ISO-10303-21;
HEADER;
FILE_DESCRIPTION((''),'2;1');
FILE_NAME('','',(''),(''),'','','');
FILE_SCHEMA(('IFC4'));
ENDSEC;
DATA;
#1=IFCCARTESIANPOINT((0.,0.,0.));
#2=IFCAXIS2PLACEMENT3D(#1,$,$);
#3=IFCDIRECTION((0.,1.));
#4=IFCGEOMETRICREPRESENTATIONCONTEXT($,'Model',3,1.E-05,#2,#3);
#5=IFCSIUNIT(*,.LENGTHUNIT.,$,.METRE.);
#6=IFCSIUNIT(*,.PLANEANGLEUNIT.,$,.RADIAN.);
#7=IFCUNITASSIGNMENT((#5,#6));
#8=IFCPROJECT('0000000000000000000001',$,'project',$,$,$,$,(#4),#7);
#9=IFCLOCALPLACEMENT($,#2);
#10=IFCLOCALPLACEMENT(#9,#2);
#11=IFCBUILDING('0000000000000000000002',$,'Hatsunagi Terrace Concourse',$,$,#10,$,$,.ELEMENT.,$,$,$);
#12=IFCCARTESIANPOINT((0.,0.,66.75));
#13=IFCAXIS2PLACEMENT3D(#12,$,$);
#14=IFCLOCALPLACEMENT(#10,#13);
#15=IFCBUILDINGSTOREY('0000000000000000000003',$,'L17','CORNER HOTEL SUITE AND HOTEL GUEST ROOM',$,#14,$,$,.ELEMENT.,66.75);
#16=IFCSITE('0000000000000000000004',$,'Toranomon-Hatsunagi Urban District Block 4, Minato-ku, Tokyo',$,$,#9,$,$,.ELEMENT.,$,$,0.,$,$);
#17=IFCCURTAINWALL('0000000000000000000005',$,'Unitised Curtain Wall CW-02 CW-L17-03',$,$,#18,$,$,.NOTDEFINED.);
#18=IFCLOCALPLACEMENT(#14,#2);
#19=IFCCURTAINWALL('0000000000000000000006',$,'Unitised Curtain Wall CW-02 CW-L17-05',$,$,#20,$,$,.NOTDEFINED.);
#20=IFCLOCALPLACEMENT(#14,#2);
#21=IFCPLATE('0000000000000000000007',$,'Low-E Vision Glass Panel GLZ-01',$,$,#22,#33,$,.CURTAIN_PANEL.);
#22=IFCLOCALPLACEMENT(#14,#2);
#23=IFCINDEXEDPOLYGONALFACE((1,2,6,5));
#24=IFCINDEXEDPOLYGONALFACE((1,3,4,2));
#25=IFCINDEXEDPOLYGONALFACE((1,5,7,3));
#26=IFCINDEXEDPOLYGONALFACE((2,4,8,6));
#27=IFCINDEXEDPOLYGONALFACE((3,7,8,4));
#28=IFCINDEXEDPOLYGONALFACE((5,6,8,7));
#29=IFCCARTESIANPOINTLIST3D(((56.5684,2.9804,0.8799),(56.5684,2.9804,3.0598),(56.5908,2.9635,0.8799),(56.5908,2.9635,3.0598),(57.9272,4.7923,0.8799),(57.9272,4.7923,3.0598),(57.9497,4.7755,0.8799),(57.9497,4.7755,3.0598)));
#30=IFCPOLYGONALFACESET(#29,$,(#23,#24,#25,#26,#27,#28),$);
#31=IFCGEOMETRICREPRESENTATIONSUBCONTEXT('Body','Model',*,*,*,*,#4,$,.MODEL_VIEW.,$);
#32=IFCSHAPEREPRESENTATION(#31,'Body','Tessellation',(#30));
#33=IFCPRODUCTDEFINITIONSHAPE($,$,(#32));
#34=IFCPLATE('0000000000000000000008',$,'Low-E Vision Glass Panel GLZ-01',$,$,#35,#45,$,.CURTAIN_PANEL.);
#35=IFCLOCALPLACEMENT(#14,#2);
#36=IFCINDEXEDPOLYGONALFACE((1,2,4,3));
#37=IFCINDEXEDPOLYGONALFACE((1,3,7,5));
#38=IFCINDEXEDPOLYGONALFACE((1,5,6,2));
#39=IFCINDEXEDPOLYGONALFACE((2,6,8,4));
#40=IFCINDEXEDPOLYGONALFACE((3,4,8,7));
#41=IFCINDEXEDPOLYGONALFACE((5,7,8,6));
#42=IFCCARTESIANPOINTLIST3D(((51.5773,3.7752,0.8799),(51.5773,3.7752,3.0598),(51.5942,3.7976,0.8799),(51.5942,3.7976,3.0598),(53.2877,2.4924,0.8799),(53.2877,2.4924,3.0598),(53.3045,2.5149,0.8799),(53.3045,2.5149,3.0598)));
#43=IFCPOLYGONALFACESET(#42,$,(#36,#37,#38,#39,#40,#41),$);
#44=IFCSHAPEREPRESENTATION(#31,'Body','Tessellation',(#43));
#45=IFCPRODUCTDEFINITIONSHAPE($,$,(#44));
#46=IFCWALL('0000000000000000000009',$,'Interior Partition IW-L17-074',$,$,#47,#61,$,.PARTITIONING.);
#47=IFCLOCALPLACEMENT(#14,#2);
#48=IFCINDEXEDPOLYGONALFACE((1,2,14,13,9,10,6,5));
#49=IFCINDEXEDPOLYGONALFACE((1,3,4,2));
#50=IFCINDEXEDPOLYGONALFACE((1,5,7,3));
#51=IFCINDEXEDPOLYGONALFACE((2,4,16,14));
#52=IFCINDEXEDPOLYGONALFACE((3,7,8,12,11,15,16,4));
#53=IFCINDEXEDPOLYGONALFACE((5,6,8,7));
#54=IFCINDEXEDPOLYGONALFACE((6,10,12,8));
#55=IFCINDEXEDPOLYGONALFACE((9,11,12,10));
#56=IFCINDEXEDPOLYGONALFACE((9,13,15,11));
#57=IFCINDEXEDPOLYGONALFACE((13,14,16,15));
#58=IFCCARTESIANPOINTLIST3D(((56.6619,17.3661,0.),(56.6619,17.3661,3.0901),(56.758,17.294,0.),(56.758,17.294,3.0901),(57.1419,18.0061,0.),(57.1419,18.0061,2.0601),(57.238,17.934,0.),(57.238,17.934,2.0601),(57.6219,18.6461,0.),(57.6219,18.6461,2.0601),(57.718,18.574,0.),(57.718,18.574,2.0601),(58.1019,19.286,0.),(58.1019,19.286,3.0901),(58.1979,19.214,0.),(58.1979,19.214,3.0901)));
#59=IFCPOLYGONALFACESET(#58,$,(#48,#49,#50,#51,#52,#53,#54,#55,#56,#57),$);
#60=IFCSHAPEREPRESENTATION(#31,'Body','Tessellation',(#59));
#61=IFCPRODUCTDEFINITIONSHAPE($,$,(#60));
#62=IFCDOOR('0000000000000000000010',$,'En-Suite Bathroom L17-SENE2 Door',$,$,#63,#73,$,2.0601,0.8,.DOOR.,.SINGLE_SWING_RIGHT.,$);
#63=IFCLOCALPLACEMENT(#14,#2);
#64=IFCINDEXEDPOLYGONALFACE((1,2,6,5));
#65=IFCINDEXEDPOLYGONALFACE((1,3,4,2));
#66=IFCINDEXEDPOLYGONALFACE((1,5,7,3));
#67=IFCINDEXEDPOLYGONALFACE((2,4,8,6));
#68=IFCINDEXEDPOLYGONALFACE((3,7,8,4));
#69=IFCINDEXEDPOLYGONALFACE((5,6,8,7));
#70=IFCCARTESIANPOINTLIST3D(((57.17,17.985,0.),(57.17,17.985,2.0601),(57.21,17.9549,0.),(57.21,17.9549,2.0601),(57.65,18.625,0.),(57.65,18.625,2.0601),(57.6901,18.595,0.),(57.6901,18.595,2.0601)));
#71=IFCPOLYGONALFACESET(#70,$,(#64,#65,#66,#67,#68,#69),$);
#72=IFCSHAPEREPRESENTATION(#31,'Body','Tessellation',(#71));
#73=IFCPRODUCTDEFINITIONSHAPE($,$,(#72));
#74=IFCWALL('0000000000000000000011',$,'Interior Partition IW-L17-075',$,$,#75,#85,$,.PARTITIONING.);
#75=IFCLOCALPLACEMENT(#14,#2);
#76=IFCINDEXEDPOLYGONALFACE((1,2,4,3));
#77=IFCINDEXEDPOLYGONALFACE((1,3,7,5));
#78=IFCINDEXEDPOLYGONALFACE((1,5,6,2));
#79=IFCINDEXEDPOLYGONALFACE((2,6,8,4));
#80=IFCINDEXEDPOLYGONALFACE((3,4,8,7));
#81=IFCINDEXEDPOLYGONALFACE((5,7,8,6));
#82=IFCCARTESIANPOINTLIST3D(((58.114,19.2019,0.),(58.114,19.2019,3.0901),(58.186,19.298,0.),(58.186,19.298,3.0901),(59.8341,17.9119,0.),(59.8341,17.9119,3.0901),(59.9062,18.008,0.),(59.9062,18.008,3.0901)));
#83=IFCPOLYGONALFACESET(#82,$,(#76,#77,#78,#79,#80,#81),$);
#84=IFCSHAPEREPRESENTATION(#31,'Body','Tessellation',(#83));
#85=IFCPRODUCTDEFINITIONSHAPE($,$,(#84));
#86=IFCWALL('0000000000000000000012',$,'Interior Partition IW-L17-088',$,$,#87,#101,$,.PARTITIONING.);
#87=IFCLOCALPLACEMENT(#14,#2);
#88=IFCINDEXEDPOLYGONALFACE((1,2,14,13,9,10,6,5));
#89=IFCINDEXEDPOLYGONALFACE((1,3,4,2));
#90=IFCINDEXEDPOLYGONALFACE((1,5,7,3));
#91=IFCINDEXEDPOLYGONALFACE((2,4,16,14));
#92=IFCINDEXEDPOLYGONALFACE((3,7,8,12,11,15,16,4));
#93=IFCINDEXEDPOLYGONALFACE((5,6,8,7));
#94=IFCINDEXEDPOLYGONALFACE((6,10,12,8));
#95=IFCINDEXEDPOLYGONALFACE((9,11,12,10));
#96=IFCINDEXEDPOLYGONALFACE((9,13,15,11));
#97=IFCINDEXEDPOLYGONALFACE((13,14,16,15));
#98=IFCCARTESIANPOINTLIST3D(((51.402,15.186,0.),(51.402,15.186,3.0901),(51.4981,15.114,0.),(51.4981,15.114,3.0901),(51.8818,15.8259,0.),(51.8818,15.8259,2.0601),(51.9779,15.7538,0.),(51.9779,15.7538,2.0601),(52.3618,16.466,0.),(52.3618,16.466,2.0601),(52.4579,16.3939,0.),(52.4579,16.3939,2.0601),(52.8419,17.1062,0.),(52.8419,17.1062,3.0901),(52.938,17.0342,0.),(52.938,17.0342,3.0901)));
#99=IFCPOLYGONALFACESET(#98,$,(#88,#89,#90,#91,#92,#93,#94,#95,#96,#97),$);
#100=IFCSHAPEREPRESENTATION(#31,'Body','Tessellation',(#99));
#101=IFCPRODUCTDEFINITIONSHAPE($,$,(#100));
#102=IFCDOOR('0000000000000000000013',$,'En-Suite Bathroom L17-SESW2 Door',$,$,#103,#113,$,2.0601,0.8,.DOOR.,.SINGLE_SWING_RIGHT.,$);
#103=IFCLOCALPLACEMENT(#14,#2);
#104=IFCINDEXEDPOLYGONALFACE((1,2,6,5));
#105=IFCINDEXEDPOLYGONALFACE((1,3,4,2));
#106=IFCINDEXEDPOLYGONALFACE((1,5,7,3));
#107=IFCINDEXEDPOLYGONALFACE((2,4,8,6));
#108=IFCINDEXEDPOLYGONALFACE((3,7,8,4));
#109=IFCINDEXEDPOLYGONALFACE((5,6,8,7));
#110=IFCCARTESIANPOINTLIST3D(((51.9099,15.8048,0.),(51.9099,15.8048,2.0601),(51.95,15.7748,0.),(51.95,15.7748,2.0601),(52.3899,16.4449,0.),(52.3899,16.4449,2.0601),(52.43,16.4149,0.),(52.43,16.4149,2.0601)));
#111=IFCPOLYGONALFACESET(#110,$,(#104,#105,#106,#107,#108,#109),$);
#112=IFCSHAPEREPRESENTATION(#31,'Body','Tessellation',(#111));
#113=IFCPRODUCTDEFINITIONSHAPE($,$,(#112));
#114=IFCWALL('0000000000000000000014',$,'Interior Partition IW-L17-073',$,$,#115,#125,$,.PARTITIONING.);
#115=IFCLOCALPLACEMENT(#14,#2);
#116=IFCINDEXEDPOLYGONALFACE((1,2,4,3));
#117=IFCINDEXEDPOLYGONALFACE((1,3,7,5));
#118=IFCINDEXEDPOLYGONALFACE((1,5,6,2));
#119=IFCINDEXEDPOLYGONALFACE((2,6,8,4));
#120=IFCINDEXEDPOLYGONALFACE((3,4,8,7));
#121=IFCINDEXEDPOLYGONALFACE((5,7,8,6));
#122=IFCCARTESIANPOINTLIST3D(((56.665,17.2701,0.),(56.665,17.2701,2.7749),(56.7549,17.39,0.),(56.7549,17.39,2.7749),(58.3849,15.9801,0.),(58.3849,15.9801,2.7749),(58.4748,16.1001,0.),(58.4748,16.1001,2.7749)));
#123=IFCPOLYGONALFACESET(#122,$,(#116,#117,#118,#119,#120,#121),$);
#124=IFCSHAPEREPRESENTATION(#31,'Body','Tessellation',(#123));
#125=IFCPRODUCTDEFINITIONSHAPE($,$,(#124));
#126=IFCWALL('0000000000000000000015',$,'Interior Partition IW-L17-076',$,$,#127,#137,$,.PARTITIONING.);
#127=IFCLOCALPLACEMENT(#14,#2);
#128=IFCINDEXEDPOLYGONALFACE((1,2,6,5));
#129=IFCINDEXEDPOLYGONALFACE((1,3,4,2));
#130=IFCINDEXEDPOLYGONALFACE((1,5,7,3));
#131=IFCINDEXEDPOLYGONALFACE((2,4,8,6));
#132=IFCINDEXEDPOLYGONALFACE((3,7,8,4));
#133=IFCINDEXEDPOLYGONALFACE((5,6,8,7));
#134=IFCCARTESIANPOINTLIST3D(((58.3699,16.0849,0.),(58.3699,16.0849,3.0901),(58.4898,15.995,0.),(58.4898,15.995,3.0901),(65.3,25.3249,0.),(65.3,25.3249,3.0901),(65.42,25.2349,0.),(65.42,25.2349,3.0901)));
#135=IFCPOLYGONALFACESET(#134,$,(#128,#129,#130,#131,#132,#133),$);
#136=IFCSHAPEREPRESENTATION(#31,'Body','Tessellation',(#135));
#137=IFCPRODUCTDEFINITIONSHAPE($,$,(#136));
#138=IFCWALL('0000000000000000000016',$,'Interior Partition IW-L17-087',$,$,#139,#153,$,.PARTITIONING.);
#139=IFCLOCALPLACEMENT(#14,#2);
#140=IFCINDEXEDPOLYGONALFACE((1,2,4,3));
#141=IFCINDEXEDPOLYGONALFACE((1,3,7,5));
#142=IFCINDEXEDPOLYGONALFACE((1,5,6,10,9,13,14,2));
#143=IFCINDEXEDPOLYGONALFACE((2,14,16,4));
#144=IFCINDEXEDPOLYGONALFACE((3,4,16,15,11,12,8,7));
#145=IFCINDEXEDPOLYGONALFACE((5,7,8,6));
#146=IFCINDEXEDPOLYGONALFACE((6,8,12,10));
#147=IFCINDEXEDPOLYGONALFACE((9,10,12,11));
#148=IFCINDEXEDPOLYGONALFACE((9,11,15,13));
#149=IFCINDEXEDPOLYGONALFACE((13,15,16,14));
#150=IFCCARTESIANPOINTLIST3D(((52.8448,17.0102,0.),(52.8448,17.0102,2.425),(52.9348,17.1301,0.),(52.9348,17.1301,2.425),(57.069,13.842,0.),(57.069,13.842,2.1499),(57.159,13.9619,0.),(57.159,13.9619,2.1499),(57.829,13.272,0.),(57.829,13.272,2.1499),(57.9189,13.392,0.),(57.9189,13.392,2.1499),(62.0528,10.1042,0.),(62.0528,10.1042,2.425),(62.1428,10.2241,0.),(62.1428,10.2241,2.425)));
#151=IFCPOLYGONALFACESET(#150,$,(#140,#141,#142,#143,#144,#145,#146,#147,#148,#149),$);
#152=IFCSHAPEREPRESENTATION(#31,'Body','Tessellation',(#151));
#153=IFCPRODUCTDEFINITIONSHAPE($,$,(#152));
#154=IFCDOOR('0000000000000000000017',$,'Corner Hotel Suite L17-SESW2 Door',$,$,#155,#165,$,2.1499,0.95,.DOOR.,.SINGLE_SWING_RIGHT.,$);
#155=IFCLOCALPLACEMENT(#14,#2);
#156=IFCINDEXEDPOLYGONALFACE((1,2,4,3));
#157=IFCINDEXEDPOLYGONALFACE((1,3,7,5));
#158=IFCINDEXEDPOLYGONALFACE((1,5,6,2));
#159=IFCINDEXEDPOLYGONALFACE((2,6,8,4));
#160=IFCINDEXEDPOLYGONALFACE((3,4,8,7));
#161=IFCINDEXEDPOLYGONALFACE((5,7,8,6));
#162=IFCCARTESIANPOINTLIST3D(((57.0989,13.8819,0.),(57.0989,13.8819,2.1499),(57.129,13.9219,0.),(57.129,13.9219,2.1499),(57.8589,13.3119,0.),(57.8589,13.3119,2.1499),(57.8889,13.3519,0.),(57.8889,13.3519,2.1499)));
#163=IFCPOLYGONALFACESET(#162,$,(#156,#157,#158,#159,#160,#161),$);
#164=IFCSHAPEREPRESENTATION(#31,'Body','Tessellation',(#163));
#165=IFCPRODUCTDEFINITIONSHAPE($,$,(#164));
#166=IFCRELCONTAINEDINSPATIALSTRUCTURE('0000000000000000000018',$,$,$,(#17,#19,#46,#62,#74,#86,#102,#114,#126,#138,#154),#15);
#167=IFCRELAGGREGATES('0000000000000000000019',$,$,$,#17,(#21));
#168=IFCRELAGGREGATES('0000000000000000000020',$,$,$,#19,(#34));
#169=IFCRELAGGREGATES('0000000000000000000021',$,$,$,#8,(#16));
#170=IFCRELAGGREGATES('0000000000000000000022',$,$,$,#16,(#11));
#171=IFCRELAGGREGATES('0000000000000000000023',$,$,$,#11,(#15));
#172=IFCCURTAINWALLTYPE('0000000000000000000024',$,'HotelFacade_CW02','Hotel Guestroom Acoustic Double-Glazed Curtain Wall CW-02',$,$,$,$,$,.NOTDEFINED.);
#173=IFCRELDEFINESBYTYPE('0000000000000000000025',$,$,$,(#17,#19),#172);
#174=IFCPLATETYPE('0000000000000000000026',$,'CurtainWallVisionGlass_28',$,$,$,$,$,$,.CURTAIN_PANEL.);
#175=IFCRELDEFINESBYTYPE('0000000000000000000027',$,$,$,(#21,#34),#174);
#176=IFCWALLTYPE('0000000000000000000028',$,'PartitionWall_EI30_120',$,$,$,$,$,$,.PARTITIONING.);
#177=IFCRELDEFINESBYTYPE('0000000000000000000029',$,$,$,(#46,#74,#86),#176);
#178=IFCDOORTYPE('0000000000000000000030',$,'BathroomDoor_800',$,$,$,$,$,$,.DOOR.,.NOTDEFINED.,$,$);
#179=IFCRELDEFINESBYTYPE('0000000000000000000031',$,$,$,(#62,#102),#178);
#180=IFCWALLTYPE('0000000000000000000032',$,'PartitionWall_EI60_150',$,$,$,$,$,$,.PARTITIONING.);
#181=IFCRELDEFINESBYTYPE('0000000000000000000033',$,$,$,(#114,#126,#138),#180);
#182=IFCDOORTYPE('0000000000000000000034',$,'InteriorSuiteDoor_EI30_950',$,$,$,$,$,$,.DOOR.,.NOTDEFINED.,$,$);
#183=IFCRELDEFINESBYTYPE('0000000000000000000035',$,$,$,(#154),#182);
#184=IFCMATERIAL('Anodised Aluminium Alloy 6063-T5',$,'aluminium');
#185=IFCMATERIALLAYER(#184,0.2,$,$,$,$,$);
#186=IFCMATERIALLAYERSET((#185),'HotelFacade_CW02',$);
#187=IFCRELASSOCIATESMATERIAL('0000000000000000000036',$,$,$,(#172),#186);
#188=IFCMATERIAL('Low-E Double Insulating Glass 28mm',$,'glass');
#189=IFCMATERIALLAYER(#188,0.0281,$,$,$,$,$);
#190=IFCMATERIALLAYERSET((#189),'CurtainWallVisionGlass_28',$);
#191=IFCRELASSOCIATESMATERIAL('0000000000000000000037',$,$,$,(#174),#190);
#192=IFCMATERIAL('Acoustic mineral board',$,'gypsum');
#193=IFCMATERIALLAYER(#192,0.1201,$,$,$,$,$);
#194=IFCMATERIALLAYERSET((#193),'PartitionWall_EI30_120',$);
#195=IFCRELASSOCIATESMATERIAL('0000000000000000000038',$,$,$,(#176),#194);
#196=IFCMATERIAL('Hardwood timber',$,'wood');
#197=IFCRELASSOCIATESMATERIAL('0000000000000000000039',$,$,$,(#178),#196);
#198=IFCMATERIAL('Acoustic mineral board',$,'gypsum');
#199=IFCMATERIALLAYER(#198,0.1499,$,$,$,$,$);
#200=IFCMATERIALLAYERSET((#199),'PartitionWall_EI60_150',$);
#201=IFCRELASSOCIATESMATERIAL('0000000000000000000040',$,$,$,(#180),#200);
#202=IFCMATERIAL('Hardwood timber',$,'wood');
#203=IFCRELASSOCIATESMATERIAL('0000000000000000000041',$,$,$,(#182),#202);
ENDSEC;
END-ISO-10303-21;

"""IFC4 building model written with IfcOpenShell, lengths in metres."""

from ifc_helpers import new_model, si_unit, direction, frame, frame_2d, origin, origin_2d, place, context, subcontext, project, spatial, rectangle, extrude, material, layer, layer_set, type_object, element, fill, aggregate, save


model = new_model("IFC4")

# Units and contexts
model_context = context("Model", 3, precision=1e-05, world=origin(), true_north=direction((0.0, 1.0)))
body_context = subcontext(model_context, "Body", "Model", "MODEL_VIEW")
ifc_project = project(units=[si_unit("LENGTHUNIT", "METRE"), si_unit("PLANEANGLEUNIT", "RADIAN")], contexts=[model_context])

# Site, building, storey
site_placement = place(None, origin())
site = spatial("IfcSite", under=ifc_project, at=site_placement, Name="Toranomon-Hatsunagi Urban District Block 4, Minato-ku, Tokyo", CompositionType="ELEMENT", RefElevation=0.0)
building_placement = place(site_placement, origin())
building = spatial("IfcBuilding", under=site, at=building_placement, Name="Hatsunagi Terrace Concourse", CompositionType="ELEMENT")
storey_placement = place(building_placement, frame((0.0, 0.0, 66.75)))
storey = spatial("IfcBuildingStorey", under=building, at=storey_placement, Name="L17", Description="CORNER HOTEL SUITE AND HOTEL GUEST ROOM", CompositionType="ELEMENT", Elevation=66.75)

# Curtain walls
ifc_material_1 = material(Name="Anodised Aluminium Alloy 6063-T5", Category="aluminium")
ifc_layer_1 = layer(ifc_material_1, 0.2)
ifc_layer_set_1 = layer_set([ifc_layer_1], Name="HotelFacade_CW02")
curtain_wall_type = type_object("IfcCurtainWallType", Name="HotelFacade_CW02", Description="Hotel Guestroom Acoustic Double-Glazed Curtain Wall CW-02", PredefinedType="NOTDEFINED", material=ifc_layer_set_1)
curtain_wall_1_placement = place(storey_placement, origin())
curtain_wall_1 = element("IfcCurtainWall", 1, at=curtain_wall_1_placement, inside=storey, type_object=curtain_wall_type, Name="Unitised Curtain Wall CW-02 CW-L17-03", PredefinedType="NOTDEFINED")
curtain_wall_2_placement = place(storey_placement, origin())
curtain_wall_2 = element("IfcCurtainWall", 2, at=curtain_wall_2_placement, inside=storey, type_object=curtain_wall_type, Name="Unitised Curtain Wall CW-02 CW-L17-05", PredefinedType="NOTDEFINED")

# Plates
ifc_material_2 = material(Name="Low-E Double Insulating Glass 28mm", Category="glass")
ifc_layer_2 = layer(ifc_material_2, 0.0281)
ifc_layer_set_2 = layer_set([ifc_layer_2], Name="CurtainWallVisionGlass_28")
plate_type_1 = type_object("IfcPlateType", Name="CurtainWallVisionGlass_28", PredefinedType="CURTAIN_PANEL", material=ifc_layer_set_2)
plate_1_placement = place(storey_placement, frame((57.259, 3.8779, 0.8799), z_axis=(0.0, 0.0, 1.0), x_axis=(-0.599969, -0.800023, 0.0)))
plate_1 = element("IfcPlate", 3, at=plate_1_placement, type_object=plate_type_1, Name="Low-E Vision Glass Panel GLZ-01", PredefinedType="CURTAIN_PANEL", context=body_context, shape_type="SweptSolid", body=[
    extrude(rectangle(XDim=2.2649, YDim=0.0281, at=origin_2d()), origin(), (0.0, 0.0, 1.0), 2.1799),
])
aggregate(curtain_wall_1, [plate_1])
plate_2_placement = place(storey_placement, frame((52.4409, 3.145, 0.8799), z_axis=(0.0, 0.0, 1.0), x_axis=(-0.800003, 0.599996, 0.0)))
plate_2 = element("IfcPlate", 4, at=plate_2_placement, type_object=plate_type_1, Name="Low-E Vision Glass Panel GLZ-01", PredefinedType="CURTAIN_PANEL", context=body_context, shape_type="SweptSolid", body=[
    extrude(rectangle(XDim=2.1379, YDim=0.0281, at=origin_2d()), origin(), (0.0, 0.0, 1.0), 2.1799),
])
aggregate(curtain_wall_2, [plate_2])

# Wall, opening, door
ifc_material_3 = material(Name="Acoustic mineral board", Category="gypsum")
ifc_layer_3 = layer(ifc_material_3, 0.1201)
ifc_layer_set_3 = layer_set([ifc_layer_3], Name="PartitionWall_EI30_120")
wall_type_1 = type_object("IfcWallType", Name="PartitionWall_EI30_120", PredefinedType="PARTITIONING", material=ifc_layer_set_3)
wall_1_placement = place(storey_placement, frame((56.71, 17.3301, 0.0), z_axis=(0.0, 0.0, 1.0), x_axis=(0.6, 0.8, 0.0)))
wall_1 = element("IfcWall", 5, at=wall_1_placement, inside=storey, type_object=wall_type_1, Name="Interior Partition IW-L17-074", PredefinedType="PARTITIONING", context=body_context, shape_type="SweptSolid", body=[
    extrude(rectangle(XDim=2.3999, YDim=0.1201, at=frame_2d((1.2, 0.0))), origin(), (0.0, 0.0, 1.0), 3.0901),
])
opening_1_placement = place(wall_1_placement, frame((0.8, 0.0, 0.0)))
opening_1 = element("IfcOpeningElement", 6, at=opening_1_placement, cuts=wall_1, PredefinedType="OPENING", context=body_context, shape_type="SweptSolid", body=[
    extrude(rectangle(XDim=0.8, YDim=2.0601, at=frame_2d((0.3999, 1.03))), frame((0.0, 0.0701, 0.0), z_axis=(0.0, -1.0, 0.0), x_axis=(1.0, 0.0, 0.0)), (0.0, 0.0, 1.0), 0.1401),
])
ifc_material_4 = material(Name="Hardwood timber", Category="wood")
door_type_1 = type_object("IfcDoorType", Name="BathroomDoor_800", OperationType="NOTDEFINED", PredefinedType="DOOR", material=ifc_material_4)
door_1_placement = place(opening_1_placement, origin())
door_1 = element("IfcDoor", 7, at=door_1_placement, inside=storey, type_object=door_type_1, Name="En-Suite Bathroom L17-SENE2 Door", OperationType="SINGLE_SWING_RIGHT", OverallHeight=2.0601, OverallWidth=0.8, PredefinedType="DOOR", context=body_context, shape_type="SweptSolid", body=[
    extrude(rectangle(XDim=0.8, YDim=2.0601, at=frame_2d((0.3999, 1.03))), frame((0.0, 0.0249, 0.0), z_axis=(0.0, -1.0, 0.0), x_axis=(1.0, 0.0, 0.0)), (0.0, 0.0, 1.0), 0.05),
])
fill(opening_1, door_1)

# Wall
wall_2_placement = place(storey_placement, frame((58.1499, 19.25, 0.0), z_axis=(0.0, 0.0, 1.0), x_axis=(0.800027, -0.599964, 0.0)))
element("IfcWall", 8, at=wall_2_placement, inside=storey, type_object=wall_type_1, Name="Interior Partition IW-L17-075", PredefinedType="PARTITIONING", context=body_context, shape_type="SweptSolid", body=[
    extrude(rectangle(XDim=2.1501, YDim=0.1201, at=frame_2d((1.0752, 0.0))), origin(), (0.0, 0.0, 1.0), 3.0901),
])

# Wall, opening, door
wall_3_placement = place(storey_placement, frame((51.45, 15.1499, 0.0), z_axis=(0.0, 0.0, 1.0), x_axis=(0.599951, 0.800037, 0.0)))
wall_3 = element("IfcWall", 9, at=wall_3_placement, inside=storey, type_object=wall_type_1, Name="Interior Partition IW-L17-088", PredefinedType="PARTITIONING", context=body_context, shape_type="SweptSolid", body=[
    extrude(rectangle(XDim=2.4001, YDim=0.1201, at=frame_2d((1.2002, 0.0))), origin(), (0.0, 0.0, 1.0), 3.0901),
])
opening_2_placement = place(wall_3_placement, frame((0.8, 0.0, 0.0)))
opening_2 = element("IfcOpeningElement", 10, at=opening_2_placement, cuts=wall_3, PredefinedType="OPENING", context=body_context, shape_type="SweptSolid", body=[
    extrude(rectangle(XDim=0.8, YDim=2.0601, at=frame_2d((0.3999, 1.03))), frame((0.0, 0.0701, 0.0), z_axis=(0.0, -1.0, 0.0), x_axis=(1.0, 0.0, 0.0)), (0.0, 0.0, 1.0), 0.1401),
])
door_2_placement = place(opening_2_placement, origin())
door_2 = element("IfcDoor", 11, at=door_2_placement, inside=storey, type_object=door_type_1, Name="En-Suite Bathroom L17-SESW2 Door", OperationType="SINGLE_SWING_RIGHT", OverallHeight=2.0601, OverallWidth=0.8, PredefinedType="DOOR", context=body_context, shape_type="SweptSolid", body=[
    extrude(rectangle(XDim=0.8, YDim=2.0601, at=frame_2d((0.3999, 1.03))), frame((0.0, 0.0249, 0.0), z_axis=(0.0, -1.0, 0.0), x_axis=(1.0, 0.0, 0.0)), (0.0, 0.0, 1.0), 0.05),
])
fill(opening_2, door_2)

# Walls
ifc_material_5 = material(Name="Acoustic mineral board", Category="gypsum")
ifc_layer_4 = layer(ifc_material_5, 0.1499)
ifc_layer_set_4 = layer_set([ifc_layer_4], Name="PartitionWall_EI60_150")
wall_type_2 = type_object("IfcWallType", Name="PartitionWall_EI60_150", PredefinedType="PARTITIONING", material=ifc_layer_set_4)
wall_4_placement = place(storey_placement, frame((56.71, 17.3301, 0.0), z_axis=(0.0, 0.0, 1.0), x_axis=(0.799986, -0.600018, 0.0)))
element("IfcWall", 12, at=wall_4_placement, inside=storey, type_object=wall_type_2, Name="Interior Partition IW-L17-073", PredefinedType="PARTITIONING", context=body_context, shape_type="SweptSolid", body=[
    extrude(rectangle(XDim=2.1499, YDim=0.1499, at=frame_2d((1.075, 0.0))), origin(), (0.0, 0.0, 1.0), 2.7749),
])
wall_5_placement = place(storey_placement, frame((58.4299, 16.04, 0.0), z_axis=(0.0, 0.0, 1.0), x_axis=(0.60001, 0.799992, 0.0)))
element("IfcWall", 13, at=wall_5_placement, inside=storey, type_object=wall_type_2, Name="Interior Partition IW-L17-076", PredefinedType="PARTITIONING", context=body_context, shape_type="SweptSolid", body=[
    extrude(rectangle(XDim=11.55, YDim=0.1499, at=frame_2d((5.7749, 0.0))), origin(), (0.0, 0.0, 1.0), 3.0901),
])

# Wall, opening, door
ifc_material_6 = material(Name="Hardwood timber", Category="wood")
door_type_2 = type_object("IfcDoorType", Name="InteriorSuiteDoor_EI30_950", OperationType="NOTDEFINED", PredefinedType="DOOR", material=ifc_material_6)
wall_6_placement = place(storey_placement, frame((52.8899, 17.0701, 0.0), z_axis=(0.0, 0.0, 1.0), x_axis=(0.8, -0.6, 0.0)))
wall_6 = element("IfcWall", 14, at=wall_6_placement, inside=storey, type_object=wall_type_2, Name="Interior Partition IW-L17-087", PredefinedType="PARTITIONING", context=body_context, shape_type="SweptSolid", body=[
    extrude(rectangle(XDim=11.51, YDim=0.1499, at=frame_2d((5.7549, 0.0))), origin(), (0.0, 0.0, 1.0), 2.425),
])
opening_3_placement = place(wall_6_placement, frame((5.28, 0.0, 0.0)))
opening_3 = element("IfcOpeningElement", 15, at=opening_3_placement, cuts=wall_6, PredefinedType="OPENING", context=body_context, shape_type="SweptSolid", body=[
    extrude(rectangle(XDim=0.95, YDim=2.1499, at=frame_2d((0.4751, 1.075))), frame((0.0, 0.085, 0.0), z_axis=(0.0, -1.0, 0.0), x_axis=(1.0, 0.0, 0.0)), (0.0, 0.0, 1.0), 0.1699),
])
door_3_placement = place(opening_3_placement, origin())
door_3 = element("IfcDoor", 16, at=door_3_placement, inside=storey, type_object=door_type_2, Name="Corner Hotel Suite L17-SESW2 Door", OperationType="SINGLE_SWING_RIGHT", OverallHeight=2.1499, OverallWidth=0.95, PredefinedType="DOOR", context=body_context, shape_type="SweptSolid", body=[
    extrude(rectangle(XDim=0.95, YDim=2.1499, at=frame_2d((0.4751, 1.075))), frame((0.0, 0.0249, 0.0), z_axis=(0.0, -1.0, 0.0), x_axis=(1.0, 0.0, 0.0)), (0.0, 0.0, 1.0), 0.05),
])
fill(opening_3, door_3)

save(model, "model.ifc")
